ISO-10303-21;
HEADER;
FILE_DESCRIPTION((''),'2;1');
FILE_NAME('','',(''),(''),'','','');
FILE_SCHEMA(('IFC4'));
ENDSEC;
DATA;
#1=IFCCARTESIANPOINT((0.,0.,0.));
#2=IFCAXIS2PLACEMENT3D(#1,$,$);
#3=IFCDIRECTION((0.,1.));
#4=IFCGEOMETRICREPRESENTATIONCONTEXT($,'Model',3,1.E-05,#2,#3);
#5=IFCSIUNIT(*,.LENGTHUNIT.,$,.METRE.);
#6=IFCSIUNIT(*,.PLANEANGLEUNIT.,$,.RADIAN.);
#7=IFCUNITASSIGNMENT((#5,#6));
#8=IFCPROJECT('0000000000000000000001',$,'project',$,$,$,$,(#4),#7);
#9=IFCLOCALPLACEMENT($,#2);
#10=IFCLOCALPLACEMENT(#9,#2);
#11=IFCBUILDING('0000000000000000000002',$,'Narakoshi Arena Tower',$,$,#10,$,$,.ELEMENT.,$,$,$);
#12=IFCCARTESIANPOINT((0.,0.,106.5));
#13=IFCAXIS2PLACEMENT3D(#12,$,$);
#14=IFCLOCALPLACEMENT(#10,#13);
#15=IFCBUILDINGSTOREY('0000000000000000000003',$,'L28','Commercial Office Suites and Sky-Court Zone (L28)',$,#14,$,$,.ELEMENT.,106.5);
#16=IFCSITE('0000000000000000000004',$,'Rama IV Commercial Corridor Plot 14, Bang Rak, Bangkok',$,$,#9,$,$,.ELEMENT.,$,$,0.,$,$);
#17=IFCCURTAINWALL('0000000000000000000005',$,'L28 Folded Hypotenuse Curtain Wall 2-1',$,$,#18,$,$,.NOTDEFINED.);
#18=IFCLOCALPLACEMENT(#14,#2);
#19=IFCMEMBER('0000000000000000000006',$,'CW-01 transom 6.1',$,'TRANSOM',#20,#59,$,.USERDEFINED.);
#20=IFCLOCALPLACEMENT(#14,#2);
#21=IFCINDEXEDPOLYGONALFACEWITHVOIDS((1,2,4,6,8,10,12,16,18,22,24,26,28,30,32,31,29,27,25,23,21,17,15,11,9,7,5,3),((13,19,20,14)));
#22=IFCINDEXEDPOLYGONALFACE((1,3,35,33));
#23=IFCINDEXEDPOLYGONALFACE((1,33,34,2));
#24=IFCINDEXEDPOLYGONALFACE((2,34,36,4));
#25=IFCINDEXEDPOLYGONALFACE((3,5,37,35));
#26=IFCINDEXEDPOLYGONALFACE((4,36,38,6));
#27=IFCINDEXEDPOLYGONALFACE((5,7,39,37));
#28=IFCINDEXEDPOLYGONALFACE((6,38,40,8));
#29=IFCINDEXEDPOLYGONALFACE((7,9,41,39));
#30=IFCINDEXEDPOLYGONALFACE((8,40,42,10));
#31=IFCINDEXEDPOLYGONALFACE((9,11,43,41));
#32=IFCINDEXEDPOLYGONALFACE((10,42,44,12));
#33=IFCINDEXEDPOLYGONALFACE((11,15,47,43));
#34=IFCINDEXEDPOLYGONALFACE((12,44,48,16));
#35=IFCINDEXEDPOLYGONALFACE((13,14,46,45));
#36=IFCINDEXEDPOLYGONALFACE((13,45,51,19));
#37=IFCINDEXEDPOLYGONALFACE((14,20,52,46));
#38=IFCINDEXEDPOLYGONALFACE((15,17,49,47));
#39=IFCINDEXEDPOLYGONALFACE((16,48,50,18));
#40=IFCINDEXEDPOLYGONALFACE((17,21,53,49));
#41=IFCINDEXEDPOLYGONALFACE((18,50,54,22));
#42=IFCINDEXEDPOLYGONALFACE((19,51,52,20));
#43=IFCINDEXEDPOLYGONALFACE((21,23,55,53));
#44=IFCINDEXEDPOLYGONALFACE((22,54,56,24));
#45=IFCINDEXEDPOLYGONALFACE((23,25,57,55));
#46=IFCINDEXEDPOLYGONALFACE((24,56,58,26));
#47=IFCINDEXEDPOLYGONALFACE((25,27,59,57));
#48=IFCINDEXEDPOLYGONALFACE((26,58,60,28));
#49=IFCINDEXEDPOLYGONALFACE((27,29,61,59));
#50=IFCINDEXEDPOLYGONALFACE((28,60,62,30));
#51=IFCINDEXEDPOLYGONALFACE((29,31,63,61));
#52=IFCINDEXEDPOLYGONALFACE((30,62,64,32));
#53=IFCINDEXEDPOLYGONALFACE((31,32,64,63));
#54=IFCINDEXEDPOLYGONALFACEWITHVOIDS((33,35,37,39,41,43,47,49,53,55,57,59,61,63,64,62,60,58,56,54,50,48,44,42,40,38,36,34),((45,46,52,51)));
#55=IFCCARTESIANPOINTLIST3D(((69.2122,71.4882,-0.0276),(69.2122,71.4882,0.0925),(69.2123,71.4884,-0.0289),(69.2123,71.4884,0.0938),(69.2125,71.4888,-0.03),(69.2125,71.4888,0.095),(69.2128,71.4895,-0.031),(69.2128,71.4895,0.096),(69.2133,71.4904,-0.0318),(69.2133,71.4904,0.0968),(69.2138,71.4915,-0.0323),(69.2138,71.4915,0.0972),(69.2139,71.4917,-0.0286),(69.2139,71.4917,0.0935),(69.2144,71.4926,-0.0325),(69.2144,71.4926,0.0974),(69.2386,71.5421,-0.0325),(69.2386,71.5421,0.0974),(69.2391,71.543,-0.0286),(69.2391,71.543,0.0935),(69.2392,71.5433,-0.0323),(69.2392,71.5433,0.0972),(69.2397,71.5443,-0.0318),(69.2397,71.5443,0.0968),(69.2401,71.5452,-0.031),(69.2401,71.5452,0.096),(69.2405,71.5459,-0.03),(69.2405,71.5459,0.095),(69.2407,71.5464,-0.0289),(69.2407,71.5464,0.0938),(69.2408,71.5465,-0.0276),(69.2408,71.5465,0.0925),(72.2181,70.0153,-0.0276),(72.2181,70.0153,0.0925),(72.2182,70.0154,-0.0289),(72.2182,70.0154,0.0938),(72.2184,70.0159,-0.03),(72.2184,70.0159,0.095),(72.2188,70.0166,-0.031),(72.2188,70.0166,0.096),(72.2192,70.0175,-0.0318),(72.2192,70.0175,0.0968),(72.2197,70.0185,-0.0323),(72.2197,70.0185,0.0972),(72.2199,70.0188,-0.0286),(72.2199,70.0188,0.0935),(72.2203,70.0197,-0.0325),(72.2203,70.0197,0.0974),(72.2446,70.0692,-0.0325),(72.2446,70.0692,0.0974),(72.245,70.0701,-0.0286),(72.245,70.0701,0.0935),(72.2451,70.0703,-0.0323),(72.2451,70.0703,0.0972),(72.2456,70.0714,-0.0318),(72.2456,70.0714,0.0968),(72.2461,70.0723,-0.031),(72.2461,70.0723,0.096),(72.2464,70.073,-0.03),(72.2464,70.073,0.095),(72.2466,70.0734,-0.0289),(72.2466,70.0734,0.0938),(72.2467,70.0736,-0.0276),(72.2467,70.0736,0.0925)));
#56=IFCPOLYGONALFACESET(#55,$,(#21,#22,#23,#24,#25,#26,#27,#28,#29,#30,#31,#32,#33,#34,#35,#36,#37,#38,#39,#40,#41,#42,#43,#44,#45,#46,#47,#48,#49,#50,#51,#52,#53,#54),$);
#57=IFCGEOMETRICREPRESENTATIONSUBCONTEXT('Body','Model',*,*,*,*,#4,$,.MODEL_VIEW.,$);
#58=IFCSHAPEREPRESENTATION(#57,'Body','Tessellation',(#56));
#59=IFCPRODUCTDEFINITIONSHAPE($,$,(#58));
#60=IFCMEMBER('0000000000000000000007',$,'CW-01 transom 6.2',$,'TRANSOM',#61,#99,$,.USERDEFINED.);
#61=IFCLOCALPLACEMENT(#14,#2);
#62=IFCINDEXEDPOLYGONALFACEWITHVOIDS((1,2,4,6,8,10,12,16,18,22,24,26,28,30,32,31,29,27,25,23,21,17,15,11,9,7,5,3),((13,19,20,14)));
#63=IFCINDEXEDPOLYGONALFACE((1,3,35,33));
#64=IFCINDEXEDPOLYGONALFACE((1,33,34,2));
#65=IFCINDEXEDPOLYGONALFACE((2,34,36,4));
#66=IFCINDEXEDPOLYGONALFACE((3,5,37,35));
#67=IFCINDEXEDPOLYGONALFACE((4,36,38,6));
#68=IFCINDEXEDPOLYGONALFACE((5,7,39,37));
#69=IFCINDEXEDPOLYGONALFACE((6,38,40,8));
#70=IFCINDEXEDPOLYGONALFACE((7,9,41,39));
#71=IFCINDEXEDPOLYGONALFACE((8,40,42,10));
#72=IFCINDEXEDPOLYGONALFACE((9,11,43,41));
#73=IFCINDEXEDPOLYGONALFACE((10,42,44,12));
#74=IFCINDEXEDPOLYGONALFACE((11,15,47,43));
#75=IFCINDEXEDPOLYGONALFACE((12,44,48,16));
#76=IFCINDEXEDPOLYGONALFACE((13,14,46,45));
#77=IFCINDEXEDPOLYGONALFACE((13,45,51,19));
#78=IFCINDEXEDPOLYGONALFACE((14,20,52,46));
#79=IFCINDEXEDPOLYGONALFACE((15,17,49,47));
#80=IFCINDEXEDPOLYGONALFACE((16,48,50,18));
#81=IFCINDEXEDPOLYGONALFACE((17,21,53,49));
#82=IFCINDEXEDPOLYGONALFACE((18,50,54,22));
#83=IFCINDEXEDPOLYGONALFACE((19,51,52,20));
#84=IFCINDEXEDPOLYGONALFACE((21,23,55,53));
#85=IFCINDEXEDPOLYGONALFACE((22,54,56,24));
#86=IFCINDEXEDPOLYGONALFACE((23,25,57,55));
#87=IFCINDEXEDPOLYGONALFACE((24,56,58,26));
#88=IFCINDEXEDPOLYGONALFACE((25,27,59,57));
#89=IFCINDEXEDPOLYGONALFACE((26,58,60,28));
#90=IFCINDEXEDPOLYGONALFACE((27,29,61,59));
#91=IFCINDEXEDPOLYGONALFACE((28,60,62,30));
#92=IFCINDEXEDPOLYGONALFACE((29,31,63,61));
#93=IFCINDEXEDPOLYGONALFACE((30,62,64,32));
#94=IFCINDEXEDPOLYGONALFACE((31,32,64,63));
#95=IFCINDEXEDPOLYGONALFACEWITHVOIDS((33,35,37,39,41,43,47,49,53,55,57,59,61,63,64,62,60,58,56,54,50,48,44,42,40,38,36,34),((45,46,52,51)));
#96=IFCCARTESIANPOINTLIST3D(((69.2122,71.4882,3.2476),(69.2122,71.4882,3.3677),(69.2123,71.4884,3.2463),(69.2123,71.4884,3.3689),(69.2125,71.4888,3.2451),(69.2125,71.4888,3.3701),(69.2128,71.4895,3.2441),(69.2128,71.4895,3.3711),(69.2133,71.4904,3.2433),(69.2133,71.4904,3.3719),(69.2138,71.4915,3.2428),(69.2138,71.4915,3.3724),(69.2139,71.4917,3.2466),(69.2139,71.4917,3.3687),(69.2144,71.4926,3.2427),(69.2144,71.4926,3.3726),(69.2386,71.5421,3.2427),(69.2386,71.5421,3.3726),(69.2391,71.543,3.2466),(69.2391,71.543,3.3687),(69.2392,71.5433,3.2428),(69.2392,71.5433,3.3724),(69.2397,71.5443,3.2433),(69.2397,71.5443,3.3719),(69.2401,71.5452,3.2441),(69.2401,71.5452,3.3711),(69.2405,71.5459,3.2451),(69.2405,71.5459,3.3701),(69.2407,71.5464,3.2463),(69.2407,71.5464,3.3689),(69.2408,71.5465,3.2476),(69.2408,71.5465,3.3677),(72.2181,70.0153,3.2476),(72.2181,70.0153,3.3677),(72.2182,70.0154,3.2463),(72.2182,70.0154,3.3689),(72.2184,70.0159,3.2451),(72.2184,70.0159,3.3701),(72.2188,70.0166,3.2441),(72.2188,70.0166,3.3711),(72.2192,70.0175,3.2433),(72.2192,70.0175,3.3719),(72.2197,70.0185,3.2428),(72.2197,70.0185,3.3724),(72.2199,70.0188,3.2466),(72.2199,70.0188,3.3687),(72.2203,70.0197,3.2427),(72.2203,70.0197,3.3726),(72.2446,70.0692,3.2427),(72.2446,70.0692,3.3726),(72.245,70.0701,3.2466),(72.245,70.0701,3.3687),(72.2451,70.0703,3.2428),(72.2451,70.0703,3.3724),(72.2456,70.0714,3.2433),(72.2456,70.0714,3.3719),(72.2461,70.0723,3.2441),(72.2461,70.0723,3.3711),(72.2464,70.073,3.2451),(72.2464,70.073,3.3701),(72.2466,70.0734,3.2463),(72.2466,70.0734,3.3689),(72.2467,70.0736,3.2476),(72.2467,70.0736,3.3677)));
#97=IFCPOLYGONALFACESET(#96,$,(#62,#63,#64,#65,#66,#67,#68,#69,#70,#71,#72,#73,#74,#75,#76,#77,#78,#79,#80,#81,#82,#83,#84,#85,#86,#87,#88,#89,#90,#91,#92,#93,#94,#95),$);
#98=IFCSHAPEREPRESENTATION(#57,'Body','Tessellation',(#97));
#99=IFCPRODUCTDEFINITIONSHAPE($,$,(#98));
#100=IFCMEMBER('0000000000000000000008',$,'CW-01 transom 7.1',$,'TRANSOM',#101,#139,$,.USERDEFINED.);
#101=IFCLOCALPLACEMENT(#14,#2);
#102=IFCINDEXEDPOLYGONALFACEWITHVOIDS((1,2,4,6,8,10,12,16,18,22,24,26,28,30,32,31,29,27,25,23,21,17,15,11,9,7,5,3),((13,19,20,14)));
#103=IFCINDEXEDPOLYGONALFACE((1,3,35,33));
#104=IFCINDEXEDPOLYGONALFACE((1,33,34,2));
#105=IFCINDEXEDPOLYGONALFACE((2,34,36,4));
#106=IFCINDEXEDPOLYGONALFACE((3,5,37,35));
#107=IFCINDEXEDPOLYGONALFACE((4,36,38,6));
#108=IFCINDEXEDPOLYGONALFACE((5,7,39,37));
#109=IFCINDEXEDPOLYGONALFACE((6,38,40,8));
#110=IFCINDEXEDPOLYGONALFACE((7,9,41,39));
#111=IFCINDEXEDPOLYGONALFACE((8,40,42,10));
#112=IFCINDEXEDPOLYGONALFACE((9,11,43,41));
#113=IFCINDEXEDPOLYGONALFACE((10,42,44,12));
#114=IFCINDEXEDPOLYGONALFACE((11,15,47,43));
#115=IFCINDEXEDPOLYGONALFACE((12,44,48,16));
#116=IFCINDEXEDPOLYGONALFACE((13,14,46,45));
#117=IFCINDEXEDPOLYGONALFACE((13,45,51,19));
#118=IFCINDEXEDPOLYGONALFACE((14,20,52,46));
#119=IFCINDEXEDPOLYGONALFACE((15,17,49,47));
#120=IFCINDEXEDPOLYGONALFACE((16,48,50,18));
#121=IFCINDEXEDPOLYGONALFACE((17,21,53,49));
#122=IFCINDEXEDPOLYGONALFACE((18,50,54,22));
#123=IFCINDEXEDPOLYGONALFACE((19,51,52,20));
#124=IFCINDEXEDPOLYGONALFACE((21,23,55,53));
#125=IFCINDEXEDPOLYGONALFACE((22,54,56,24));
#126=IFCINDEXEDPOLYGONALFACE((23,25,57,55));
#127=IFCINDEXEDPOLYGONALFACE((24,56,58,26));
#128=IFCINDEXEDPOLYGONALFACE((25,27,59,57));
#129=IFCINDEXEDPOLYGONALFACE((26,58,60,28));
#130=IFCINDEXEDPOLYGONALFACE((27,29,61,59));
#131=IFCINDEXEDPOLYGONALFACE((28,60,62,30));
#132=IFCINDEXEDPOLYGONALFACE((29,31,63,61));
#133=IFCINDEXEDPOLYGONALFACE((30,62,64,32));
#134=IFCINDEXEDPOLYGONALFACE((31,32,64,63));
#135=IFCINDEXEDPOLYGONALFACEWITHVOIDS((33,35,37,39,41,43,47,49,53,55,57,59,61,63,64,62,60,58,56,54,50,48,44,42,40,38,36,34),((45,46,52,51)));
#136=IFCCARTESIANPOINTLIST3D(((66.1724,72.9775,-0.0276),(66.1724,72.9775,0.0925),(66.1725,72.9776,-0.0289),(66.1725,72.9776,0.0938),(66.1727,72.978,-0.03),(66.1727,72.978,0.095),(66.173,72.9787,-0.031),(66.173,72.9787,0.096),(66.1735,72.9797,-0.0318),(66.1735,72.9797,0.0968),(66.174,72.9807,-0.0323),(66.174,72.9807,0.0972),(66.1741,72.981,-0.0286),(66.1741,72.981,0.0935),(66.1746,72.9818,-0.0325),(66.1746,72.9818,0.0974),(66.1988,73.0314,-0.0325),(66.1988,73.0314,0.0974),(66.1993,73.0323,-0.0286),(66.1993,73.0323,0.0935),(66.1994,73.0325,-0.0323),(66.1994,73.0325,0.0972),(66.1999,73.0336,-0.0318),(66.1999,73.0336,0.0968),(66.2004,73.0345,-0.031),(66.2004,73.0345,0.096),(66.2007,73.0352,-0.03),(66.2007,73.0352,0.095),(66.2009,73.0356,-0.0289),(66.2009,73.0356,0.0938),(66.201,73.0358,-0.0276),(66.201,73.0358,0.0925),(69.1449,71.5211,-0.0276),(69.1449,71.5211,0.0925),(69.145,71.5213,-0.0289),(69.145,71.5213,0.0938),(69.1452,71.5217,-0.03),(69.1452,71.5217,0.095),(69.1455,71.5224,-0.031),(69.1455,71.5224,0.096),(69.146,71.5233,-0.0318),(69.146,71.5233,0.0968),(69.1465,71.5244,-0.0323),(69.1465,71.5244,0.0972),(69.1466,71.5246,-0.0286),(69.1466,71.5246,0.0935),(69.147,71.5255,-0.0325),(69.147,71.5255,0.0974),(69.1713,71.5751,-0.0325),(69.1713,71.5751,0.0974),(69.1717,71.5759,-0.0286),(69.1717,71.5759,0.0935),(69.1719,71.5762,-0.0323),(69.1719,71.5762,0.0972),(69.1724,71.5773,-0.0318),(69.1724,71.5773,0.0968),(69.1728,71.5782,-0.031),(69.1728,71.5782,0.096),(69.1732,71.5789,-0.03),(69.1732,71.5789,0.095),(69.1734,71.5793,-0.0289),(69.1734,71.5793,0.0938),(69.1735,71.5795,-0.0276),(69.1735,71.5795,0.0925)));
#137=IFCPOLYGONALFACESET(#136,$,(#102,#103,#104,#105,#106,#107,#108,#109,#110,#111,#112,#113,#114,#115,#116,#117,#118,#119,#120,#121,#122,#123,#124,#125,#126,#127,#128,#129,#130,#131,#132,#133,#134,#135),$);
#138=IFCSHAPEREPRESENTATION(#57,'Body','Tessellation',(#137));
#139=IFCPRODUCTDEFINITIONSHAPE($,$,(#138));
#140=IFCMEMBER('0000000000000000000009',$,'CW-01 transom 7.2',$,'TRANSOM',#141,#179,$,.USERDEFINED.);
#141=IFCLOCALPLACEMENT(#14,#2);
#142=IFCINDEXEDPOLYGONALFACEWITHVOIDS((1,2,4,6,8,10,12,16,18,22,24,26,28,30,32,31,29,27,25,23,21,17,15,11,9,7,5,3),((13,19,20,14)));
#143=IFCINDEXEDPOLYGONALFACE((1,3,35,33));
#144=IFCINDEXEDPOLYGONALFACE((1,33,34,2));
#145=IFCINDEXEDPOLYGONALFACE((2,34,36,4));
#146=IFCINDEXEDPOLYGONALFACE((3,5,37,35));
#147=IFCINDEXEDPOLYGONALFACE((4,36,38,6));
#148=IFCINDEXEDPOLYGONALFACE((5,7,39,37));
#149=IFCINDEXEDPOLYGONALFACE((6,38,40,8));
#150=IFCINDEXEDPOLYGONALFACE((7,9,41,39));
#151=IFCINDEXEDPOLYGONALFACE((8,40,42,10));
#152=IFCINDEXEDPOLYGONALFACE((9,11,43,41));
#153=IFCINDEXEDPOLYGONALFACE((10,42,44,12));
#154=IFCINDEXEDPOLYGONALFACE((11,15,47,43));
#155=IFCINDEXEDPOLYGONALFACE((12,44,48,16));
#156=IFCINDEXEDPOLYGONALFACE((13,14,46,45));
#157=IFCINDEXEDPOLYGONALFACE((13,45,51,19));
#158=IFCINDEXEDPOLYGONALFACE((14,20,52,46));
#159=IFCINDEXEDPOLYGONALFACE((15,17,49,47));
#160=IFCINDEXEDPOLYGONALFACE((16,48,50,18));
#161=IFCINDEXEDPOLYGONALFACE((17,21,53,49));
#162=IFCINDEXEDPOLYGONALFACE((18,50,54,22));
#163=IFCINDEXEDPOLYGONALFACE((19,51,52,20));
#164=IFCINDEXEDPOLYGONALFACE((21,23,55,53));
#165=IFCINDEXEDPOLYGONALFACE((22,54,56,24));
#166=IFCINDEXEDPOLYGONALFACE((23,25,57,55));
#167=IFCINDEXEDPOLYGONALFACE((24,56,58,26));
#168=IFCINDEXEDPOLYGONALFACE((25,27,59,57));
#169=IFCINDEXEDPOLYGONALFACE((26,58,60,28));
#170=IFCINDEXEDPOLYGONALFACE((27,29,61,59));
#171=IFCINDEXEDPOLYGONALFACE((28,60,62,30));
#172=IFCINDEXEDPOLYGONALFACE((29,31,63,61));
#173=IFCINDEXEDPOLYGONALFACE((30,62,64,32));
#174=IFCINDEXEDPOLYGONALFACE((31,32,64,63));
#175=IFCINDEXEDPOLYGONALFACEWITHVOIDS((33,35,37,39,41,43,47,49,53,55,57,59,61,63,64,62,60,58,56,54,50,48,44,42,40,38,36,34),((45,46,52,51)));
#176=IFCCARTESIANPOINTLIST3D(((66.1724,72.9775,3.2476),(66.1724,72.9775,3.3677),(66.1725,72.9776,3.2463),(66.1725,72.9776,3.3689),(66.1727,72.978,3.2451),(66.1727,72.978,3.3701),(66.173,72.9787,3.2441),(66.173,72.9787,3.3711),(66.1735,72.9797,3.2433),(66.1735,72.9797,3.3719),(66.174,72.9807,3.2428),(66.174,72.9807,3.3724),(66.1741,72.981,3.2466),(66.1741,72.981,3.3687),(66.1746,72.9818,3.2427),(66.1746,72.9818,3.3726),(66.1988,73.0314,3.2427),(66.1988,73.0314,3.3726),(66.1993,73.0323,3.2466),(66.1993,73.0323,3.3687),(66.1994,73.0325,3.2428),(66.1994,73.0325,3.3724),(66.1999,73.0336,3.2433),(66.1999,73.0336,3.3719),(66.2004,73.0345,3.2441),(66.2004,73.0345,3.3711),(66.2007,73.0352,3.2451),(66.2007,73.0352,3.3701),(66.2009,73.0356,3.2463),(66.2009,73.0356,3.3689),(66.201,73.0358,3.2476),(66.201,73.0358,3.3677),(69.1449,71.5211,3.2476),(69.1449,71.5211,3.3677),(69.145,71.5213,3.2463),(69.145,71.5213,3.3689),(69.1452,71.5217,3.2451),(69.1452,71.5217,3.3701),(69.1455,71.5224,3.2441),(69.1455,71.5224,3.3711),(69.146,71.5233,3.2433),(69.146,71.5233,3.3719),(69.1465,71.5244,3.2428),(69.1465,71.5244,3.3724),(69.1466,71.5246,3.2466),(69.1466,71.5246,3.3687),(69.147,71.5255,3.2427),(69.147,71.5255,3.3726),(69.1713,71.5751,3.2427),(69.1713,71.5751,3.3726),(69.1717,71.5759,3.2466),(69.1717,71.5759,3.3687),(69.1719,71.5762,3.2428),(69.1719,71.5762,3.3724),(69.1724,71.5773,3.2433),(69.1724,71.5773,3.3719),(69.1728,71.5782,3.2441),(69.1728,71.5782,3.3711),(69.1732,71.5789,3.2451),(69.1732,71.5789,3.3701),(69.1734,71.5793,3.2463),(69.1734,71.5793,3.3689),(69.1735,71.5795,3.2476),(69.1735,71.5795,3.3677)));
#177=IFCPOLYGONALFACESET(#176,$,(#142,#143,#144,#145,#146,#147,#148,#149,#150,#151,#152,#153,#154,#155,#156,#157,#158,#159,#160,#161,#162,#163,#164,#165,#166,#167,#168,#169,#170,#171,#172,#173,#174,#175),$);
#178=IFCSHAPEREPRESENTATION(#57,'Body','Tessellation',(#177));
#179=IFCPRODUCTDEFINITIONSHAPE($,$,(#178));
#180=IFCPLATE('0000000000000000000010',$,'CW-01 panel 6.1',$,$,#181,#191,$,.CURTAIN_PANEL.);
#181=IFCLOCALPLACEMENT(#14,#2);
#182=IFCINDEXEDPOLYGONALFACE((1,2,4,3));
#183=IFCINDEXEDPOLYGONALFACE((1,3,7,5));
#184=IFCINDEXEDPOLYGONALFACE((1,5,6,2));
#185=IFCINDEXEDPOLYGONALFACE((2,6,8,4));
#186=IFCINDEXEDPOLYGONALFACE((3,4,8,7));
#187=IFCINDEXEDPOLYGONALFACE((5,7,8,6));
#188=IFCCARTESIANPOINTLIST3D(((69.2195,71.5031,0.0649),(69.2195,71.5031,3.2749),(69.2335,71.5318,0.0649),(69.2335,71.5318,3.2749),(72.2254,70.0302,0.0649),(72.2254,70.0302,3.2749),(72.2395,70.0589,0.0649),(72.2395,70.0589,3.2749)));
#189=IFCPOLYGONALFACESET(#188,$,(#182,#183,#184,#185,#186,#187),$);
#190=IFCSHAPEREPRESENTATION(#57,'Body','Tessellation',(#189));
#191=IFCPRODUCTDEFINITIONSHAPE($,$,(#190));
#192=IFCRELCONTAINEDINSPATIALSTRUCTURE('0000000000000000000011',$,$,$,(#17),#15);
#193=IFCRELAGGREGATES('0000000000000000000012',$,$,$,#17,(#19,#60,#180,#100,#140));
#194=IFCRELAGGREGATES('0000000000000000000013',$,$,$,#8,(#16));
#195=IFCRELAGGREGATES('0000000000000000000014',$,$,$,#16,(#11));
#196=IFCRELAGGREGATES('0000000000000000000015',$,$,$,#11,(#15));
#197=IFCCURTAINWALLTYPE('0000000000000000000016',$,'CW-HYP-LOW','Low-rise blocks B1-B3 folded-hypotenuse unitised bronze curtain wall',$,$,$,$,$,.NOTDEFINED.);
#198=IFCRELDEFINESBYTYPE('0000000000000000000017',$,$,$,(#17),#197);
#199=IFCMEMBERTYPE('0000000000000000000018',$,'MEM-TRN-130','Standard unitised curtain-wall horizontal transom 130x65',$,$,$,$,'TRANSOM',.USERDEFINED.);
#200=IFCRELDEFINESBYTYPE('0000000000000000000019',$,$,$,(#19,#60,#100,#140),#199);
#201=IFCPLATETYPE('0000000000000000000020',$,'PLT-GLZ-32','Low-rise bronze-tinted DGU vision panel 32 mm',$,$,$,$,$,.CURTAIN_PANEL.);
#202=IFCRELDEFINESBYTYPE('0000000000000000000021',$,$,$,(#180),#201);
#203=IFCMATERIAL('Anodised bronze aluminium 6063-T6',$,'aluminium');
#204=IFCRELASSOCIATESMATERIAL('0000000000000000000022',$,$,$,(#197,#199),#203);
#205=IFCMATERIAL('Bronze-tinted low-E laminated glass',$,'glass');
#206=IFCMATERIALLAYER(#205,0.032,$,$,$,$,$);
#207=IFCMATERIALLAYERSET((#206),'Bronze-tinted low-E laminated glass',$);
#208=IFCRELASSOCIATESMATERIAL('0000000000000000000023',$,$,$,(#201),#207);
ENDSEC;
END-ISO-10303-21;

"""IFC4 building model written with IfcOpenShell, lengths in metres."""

from ifc_helpers import new_model, si_unit, direction, frame, origin, origin_2d, place, context, subcontext, project, spatial, rectangle, hollow_rectangle, extrude, material, layer, layer_set, material_profile, profile_set, type_object, element, aggregate, save


model = new_model("IFC4")

# Units and contexts
model_context = context("Model", 3, precision=1e-05, world=origin(), true_north=direction((0.0, 1.0)))
body_context = subcontext(model_context, "Body", "Model", "MODEL_VIEW")
ifc_project = project(units=[si_unit("LENGTHUNIT", "METRE"), si_unit("PLANEANGLEUNIT", "RADIAN")], contexts=[model_context])

# Site, building, storey
site_placement = place(None, origin())
site = spatial("IfcSite", under=ifc_project, at=site_placement, Name="Rama IV Commercial Corridor Plot 14, Bang Rak, Bangkok", CompositionType="ELEMENT", RefElevation=0.0)
building_placement = place(site_placement, origin())
building = spatial("IfcBuilding", under=site, at=building_placement, Name="Narakoshi Arena Tower", CompositionType="ELEMENT")
storey_placement = place(building_placement, frame((0.0, 0.0, 106.5)))
storey = spatial("IfcBuildingStorey", under=building, at=storey_placement, Name="L28", Description="Commercial Office Suites and Sky-Court Zone (L28)", CompositionType="ELEMENT", Elevation=106.5)

# Curtain wall, members, plate
ifc_material_1 = material(Name="Anodised bronze aluminium 6063-T6", Category="aluminium")
curtain_wall_type = type_object("IfcCurtainWallType", Name="CW-HYP-LOW", Description="Low-rise blocks B1-B3 folded-hypotenuse unitised bronze curtain wall", PredefinedType="NOTDEFINED", material=ifc_material_1)
curtain_wall_placement = place(storey_placement, origin())
curtain_wall = element("IfcCurtainWall", 1, at=curtain_wall_placement, inside=storey, type_object=curtain_wall_type, Name="L28 Folded Hypotenuse Curtain Wall 2-1", PredefinedType="NOTDEFINED")
ifc_material_profile_1 = material_profile(ifc_material_1, hollow_rectangle(XDim=0.0649, YDim=0.1299, WallThickness=0.0039, OuterFilletRadius=0.0049, at=origin_2d()), Name="TRN130x65x4")
ifc_profile_set_1 = profile_set([ifc_material_profile_1], Name="Anodised bronze aluminium 6063-T6")
member_type_1 = type_object("IfcMemberType", Name="MEM-TRN-130", Description="Standard unitised curtain-wall horizontal transom 130x65", ElementType="TRANSOM", PredefinedType="USERDEFINED", material=ifc_profile_set_1)
member_1_placement = place(storey_placement, frame((72.2324, 70.0444, 0.0325), z_axis=(-0.897987, 0.440022, 0.0), x_axis=(-0.440022, -0.897987, 0.0)))
member_1 = element("IfcMember", 2, at=member_1_placement, type_object=member_type_1, Name="CW-01 transom 6.1", ObjectType="TRANSOM", PredefinedType="USERDEFINED", context=body_context, shape_type="SweptSolid", body=[
    extrude(hollow_rectangle(XDim=0.0649, YDim=0.1299, WallThickness=0.0039, OuterFilletRadius=0.0049, at=origin_2d()), origin(), (0.0, 0.0, 1.0), 3.3474),
])
member_2_placement = place(storey_placement, frame((72.2324, 70.0444, 3.3076), z_axis=(-0.897987, 0.440022, 0.0), x_axis=(-0.440022, -0.897987, 0.0)))
member_2 = element("IfcMember", 3, at=member_2_placement, type_object=member_type_1, Name="CW-01 transom 6.2", ObjectType="TRANSOM", PredefinedType="USERDEFINED", context=body_context, shape_type="SweptSolid", body=[
    extrude(hollow_rectangle(XDim=0.0649, YDim=0.1299, WallThickness=0.0039, OuterFilletRadius=0.0049, at=origin_2d()), origin(), (0.0, 0.0, 1.0), 3.3474),
])
member_3_placement = place(storey_placement, frame((69.1592, 71.5503, 0.0325), z_axis=(-0.898012, 0.439971, 0.0), x_axis=(-0.439971, -0.898012, 0.0)))
member_3 = element("IfcMember", 4, at=member_3_placement, type_object=member_type_1, Name="CW-01 transom 7.1", ObjectType="TRANSOM", PredefinedType="USERDEFINED", context=body_context, shape_type="SweptSolid", body=[
    extrude(hollow_rectangle(XDim=0.0649, YDim=0.1299, WallThickness=0.0039, OuterFilletRadius=0.0049, at=origin_2d()), origin(), (0.0, 0.0, 1.0), 3.3101),
])
member_4_placement = place(storey_placement, frame((69.1592, 71.5503, 3.3076), z_axis=(-0.898012, 0.439971, 0.0), x_axis=(-0.439971, -0.898012, 0.0)))
member_4 = element("IfcMember", 5, at=member_4_placement, type_object=member_type_1, Name="CW-01 transom 7.2", ObjectType="TRANSOM", PredefinedType="USERDEFINED", context=body_context, shape_type="SweptSolid", body=[
    extrude(hollow_rectangle(XDim=0.0649, YDim=0.1299, WallThickness=0.0039, OuterFilletRadius=0.0049, at=origin_2d()), origin(), (0.0, 0.0, 1.0), 3.3101),
])
ifc_material_2 = material(Name="Bronze-tinted low-E laminated glass", Category="glass")
ifc_layer_1 = layer(ifc_material_2, 0.032)
ifc_layer_set_1 = layer_set([ifc_layer_1], Name="Bronze-tinted low-E laminated glass")
plate_type = type_object("IfcPlateType", Name="PLT-GLZ-32", Description="Low-rise bronze-tinted DGU vision panel 32 mm", PredefinedType="CURTAIN_PANEL", material=ifc_layer_set_1)
plate_1_placement = place(storey_placement, frame((70.7295, 70.781, 0.0649), z_axis=(0.0, 0.0, 1.0), x_axis=(-0.897996, 0.440005, 0.0)))
plate_1 = element("IfcPlate", 6, at=plate_1_placement, type_object=plate_type, Name="CW-01 panel 6.1", PredefinedType="CURTAIN_PANEL", context=body_context, shape_type="SweptSolid", body=[
    extrude(rectangle(XDim=3.3474, YDim=0.032, at=origin_2d()), origin(), (0.0, 0.0, 1.0), 3.21),
])
aggregate(curtain_wall, [member_1, member_2, plate_1, member_3, member_4])

save(model, "model.ifc")
